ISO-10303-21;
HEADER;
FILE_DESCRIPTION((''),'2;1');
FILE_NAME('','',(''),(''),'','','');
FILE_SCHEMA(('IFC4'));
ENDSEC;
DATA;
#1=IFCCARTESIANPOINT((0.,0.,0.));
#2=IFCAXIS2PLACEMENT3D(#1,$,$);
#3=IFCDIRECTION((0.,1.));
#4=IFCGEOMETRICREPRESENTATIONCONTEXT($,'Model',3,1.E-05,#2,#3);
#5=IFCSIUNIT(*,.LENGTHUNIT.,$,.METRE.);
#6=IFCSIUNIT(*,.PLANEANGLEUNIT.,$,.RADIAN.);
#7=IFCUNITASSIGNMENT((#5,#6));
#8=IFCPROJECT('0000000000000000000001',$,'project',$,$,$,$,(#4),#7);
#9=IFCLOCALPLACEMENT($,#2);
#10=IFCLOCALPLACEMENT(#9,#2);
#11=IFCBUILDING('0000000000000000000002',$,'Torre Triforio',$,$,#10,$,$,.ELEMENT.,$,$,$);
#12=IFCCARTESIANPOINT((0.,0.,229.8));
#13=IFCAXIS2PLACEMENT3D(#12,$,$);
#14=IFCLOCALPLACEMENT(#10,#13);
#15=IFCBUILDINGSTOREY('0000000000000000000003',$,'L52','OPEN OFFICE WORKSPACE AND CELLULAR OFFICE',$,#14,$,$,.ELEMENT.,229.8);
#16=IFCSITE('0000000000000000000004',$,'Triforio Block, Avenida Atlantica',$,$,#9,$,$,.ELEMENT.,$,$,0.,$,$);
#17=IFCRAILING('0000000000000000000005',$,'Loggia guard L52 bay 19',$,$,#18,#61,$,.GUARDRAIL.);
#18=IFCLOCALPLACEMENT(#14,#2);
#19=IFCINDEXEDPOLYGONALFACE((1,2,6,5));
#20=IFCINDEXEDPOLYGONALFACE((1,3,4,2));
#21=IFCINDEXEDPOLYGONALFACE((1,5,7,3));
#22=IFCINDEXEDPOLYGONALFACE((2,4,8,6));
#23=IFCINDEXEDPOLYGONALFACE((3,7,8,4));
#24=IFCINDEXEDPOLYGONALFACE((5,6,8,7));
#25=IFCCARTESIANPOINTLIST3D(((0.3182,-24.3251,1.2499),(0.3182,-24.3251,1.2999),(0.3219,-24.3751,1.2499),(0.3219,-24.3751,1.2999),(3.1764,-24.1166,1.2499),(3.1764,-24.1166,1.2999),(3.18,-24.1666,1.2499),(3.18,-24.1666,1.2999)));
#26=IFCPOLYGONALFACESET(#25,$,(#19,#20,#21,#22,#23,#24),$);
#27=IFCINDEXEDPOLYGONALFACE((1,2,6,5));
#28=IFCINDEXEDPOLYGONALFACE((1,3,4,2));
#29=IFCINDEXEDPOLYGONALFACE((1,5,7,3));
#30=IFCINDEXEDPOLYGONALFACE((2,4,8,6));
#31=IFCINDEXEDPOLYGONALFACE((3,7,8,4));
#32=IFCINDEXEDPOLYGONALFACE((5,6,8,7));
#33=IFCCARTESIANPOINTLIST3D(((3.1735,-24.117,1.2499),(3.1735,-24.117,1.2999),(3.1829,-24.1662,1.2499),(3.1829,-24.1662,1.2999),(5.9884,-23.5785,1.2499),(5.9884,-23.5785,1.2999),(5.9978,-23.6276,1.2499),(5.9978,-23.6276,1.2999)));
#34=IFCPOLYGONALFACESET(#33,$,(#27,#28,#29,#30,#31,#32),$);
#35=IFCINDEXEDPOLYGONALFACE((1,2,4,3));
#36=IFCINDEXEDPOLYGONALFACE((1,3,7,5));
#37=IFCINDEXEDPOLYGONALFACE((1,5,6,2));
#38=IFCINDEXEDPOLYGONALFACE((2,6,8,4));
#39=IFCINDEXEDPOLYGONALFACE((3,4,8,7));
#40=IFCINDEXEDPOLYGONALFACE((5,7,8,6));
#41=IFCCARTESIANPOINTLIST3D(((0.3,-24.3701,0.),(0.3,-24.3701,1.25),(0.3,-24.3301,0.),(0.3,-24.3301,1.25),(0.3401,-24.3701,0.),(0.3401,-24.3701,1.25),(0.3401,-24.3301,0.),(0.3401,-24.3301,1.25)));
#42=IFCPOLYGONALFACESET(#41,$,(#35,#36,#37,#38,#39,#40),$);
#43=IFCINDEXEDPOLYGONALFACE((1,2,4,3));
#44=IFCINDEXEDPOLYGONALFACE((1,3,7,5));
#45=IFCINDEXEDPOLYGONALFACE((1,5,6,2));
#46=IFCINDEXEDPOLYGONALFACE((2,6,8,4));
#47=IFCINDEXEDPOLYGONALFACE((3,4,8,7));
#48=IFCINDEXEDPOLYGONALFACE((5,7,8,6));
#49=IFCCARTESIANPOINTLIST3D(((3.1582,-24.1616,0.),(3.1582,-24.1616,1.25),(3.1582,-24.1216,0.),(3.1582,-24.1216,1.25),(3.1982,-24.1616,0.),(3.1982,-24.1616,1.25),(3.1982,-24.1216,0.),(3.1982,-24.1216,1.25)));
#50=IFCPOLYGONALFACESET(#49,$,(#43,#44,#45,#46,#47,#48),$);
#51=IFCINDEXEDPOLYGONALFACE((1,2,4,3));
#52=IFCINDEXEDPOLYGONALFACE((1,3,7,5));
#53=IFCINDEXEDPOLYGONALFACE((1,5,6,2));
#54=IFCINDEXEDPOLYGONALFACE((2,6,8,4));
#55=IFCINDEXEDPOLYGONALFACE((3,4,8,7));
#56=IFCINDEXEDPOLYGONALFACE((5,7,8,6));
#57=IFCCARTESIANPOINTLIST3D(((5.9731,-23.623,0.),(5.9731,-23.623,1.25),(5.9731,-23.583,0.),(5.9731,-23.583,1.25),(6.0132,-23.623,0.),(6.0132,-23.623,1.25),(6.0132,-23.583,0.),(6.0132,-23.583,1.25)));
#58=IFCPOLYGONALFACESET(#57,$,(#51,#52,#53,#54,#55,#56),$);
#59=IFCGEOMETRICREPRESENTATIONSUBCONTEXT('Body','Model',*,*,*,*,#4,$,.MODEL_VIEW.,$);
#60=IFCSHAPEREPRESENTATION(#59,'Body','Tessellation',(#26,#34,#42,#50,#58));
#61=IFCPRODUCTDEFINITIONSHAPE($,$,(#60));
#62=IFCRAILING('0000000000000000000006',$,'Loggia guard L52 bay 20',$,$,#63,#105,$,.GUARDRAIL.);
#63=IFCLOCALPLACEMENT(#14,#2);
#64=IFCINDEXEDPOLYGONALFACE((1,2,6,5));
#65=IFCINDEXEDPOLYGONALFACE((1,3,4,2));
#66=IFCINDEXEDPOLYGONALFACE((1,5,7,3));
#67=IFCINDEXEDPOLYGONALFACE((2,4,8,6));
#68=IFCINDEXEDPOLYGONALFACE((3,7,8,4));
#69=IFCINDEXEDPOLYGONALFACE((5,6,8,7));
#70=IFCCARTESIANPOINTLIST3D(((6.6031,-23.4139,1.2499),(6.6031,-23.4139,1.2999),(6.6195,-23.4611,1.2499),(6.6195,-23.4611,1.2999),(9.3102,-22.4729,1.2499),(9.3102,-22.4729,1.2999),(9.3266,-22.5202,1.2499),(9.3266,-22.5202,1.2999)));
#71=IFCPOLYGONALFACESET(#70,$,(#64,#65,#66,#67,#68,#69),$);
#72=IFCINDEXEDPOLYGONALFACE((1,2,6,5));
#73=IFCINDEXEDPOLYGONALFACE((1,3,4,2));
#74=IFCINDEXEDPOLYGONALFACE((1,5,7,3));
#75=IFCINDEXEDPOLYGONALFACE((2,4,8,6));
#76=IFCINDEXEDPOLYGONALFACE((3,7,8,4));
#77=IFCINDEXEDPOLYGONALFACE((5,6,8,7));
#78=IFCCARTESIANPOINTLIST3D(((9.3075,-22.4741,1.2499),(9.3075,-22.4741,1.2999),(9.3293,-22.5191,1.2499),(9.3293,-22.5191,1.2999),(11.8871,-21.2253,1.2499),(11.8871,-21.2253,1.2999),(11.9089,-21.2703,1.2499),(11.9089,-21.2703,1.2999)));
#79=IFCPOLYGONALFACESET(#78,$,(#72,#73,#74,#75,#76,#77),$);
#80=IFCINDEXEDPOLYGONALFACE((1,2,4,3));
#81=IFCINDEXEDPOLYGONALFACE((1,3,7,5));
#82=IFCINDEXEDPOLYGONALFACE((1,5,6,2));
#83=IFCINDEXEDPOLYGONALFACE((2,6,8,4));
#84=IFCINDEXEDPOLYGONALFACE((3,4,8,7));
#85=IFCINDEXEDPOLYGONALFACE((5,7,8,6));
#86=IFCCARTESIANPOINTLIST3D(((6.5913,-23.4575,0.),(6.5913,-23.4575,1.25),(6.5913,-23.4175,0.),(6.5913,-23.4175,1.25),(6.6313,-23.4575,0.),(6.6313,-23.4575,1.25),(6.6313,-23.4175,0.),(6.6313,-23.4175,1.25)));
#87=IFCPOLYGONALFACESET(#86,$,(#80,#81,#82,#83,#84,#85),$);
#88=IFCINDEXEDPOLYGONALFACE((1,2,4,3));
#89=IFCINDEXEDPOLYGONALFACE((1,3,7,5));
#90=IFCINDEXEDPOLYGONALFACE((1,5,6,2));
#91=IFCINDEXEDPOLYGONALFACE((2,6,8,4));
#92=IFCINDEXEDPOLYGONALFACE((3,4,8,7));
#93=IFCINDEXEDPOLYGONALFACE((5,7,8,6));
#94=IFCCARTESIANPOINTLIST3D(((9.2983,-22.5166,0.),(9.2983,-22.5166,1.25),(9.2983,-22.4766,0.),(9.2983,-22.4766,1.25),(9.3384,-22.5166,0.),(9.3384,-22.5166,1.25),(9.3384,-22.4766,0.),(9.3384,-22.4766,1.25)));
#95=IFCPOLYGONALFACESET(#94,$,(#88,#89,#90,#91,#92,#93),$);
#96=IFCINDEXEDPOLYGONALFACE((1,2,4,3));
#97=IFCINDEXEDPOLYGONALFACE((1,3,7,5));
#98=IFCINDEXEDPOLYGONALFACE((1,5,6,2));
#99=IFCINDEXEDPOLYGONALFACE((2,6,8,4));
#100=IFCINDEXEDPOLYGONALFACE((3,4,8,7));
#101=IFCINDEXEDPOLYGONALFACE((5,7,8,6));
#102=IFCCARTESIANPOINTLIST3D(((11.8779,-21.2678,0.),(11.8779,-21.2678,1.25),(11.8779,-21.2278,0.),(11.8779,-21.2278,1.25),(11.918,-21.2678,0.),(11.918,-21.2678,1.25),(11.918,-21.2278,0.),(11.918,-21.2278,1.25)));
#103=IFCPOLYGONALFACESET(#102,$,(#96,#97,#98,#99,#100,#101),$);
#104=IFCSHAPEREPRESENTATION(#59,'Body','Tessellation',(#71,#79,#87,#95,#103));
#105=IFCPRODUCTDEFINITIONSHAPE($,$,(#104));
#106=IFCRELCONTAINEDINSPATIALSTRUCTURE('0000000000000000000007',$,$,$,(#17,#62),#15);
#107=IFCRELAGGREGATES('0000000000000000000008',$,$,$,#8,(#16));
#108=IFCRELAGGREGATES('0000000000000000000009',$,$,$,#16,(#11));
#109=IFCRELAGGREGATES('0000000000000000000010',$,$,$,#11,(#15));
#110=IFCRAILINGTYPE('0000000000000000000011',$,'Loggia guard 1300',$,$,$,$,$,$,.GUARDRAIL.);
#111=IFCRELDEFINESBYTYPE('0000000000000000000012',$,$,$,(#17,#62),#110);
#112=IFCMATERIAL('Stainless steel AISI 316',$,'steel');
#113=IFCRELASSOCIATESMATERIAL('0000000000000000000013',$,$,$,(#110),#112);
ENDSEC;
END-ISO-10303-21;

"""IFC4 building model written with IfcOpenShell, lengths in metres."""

from ifc_helpers import new_model, si_unit, direction, frame, origin, origin_2d, place, context, subcontext, project, spatial, rectangle, extrude, material, type_object, element, save


model = new_model("IFC4")

# Units and contexts
model_context = context("Model", 3, precision=1e-05, world=origin(), true_north=direction((0.0, 1.0)))
body_context = subcontext(model_context, "Body", "Model", "MODEL_VIEW")
ifc_project = project(units=[si_unit("LENGTHUNIT", "METRE"), si_unit("PLANEANGLEUNIT", "RADIAN")], contexts=[model_context])

# Site, building, storey
site_placement = place(None, origin())
site = spatial("IfcSite", under=ifc_project, at=site_placement, Name="Triforio Block, Avenida Atlantica", CompositionType="ELEMENT", RefElevation=0.0)
building_placement = place(site_placement, origin())
building = spatial("IfcBuilding", under=site, at=building_placement, Name="Torre Triforio", CompositionType="ELEMENT")
storey_placement = place(building_placement, frame((0.0, 0.0, 229.8)))
storey = spatial("IfcBuildingStorey", under=building, at=storey_placement, Name="L52", Description="OPEN OFFICE WORKSPACE AND CELLULAR OFFICE", CompositionType="ELEMENT", Elevation=229.8)

# Railings
ifc_material_1 = material(Name="Stainless steel AISI 316", Category="steel")
railing_type = type_object("IfcRailingType", Name="Loggia guard 1300", PredefinedType="GUARDRAIL", material=ifc_material_1)
railing_1_placement = place(storey_placement, frame((0.3201, -24.3501, 0.0)))
element("IfcRailing", 1, at=railing_1_placement, inside=storey, type_object=railing_type, Name="Loggia guard L52 bay 19", PredefinedType="GUARDRAIL", context=body_context, shape_type="SweptSolid", body=[
    extrude(rectangle(XDim=0.05, YDim=0.05, at=origin_2d()), frame((0.0, 0.0, 1.2749), z_axis=(0.99735, 0.072754, 0.0), x_axis=(-0.072754, 0.99735, 0.0)), (0.0, 0.0, 1.0), 2.8657),
    extrude(rectangle(XDim=0.05, YDim=0.05, at=origin_2d()), frame((2.8582, 0.2085, 1.2749), z_axis=(0.982185, 0.187918, 0.0), x_axis=(-0.187918, 0.982185, 0.0)), (0.0, 0.0, 1.0), 2.866),
    extrude(rectangle(XDim=0.04, YDim=0.04, at=origin_2d()), origin(), (0.0, 0.0, 1.0), 1.25),
    extrude(rectangle(XDim=0.04, YDim=0.04, at=origin_2d()), frame((2.8582, 0.2085, 0.0)), (0.0, 0.0, 1.0), 1.25),
    extrude(rectangle(XDim=0.04, YDim=0.04, at=origin_2d()), frame((5.6731, 0.7471, 0.0)), (0.0, 0.0, 1.0), 1.25),
])
railing_2_placement = place(storey_placement, frame((6.6113, -23.4375, 0.0)))
element("IfcRailing", 2, at=railing_2_placement, inside=storey, type_object=railing_type, Name="Loggia guard L52 bay 20", PredefinedType="GUARDRAIL", context=body_context, shape_type="SweptSolid", body=[
    extrude(rectangle(XDim=0.05, YDim=0.05, at=origin_2d()), frame((0.0, 0.0, 1.2749), z_axis=(0.944568, 0.328316, 0.0), x_axis=(-0.328316, 0.944568, 0.0)), (0.0, 0.0, 1.0), 2.866),
    extrude(rectangle(XDim=0.05, YDim=0.05, at=origin_2d()), frame((2.707, 0.9409, 1.2749), z_axis=(0.900078, 0.435728, 0.0), x_axis=(-0.435728, 0.900078, 0.0)), (0.0, 0.0, 1.0), 2.866),
    extrude(rectangle(XDim=0.04, YDim=0.04, at=origin_2d()), origin(), (0.0, 0.0, 1.0), 1.25),
    extrude(rectangle(XDim=0.04, YDim=0.04, at=origin_2d()), frame((2.707, 0.9409, 0.0)), (0.0, 0.0, 1.0), 1.25),
    extrude(rectangle(XDim=0.04, YDim=0.04, at=origin_2d()), frame((5.2866, 2.1897, 0.0)), (0.0, 0.0, 1.0), 1.25),
])

save(model, "model.ifc")
